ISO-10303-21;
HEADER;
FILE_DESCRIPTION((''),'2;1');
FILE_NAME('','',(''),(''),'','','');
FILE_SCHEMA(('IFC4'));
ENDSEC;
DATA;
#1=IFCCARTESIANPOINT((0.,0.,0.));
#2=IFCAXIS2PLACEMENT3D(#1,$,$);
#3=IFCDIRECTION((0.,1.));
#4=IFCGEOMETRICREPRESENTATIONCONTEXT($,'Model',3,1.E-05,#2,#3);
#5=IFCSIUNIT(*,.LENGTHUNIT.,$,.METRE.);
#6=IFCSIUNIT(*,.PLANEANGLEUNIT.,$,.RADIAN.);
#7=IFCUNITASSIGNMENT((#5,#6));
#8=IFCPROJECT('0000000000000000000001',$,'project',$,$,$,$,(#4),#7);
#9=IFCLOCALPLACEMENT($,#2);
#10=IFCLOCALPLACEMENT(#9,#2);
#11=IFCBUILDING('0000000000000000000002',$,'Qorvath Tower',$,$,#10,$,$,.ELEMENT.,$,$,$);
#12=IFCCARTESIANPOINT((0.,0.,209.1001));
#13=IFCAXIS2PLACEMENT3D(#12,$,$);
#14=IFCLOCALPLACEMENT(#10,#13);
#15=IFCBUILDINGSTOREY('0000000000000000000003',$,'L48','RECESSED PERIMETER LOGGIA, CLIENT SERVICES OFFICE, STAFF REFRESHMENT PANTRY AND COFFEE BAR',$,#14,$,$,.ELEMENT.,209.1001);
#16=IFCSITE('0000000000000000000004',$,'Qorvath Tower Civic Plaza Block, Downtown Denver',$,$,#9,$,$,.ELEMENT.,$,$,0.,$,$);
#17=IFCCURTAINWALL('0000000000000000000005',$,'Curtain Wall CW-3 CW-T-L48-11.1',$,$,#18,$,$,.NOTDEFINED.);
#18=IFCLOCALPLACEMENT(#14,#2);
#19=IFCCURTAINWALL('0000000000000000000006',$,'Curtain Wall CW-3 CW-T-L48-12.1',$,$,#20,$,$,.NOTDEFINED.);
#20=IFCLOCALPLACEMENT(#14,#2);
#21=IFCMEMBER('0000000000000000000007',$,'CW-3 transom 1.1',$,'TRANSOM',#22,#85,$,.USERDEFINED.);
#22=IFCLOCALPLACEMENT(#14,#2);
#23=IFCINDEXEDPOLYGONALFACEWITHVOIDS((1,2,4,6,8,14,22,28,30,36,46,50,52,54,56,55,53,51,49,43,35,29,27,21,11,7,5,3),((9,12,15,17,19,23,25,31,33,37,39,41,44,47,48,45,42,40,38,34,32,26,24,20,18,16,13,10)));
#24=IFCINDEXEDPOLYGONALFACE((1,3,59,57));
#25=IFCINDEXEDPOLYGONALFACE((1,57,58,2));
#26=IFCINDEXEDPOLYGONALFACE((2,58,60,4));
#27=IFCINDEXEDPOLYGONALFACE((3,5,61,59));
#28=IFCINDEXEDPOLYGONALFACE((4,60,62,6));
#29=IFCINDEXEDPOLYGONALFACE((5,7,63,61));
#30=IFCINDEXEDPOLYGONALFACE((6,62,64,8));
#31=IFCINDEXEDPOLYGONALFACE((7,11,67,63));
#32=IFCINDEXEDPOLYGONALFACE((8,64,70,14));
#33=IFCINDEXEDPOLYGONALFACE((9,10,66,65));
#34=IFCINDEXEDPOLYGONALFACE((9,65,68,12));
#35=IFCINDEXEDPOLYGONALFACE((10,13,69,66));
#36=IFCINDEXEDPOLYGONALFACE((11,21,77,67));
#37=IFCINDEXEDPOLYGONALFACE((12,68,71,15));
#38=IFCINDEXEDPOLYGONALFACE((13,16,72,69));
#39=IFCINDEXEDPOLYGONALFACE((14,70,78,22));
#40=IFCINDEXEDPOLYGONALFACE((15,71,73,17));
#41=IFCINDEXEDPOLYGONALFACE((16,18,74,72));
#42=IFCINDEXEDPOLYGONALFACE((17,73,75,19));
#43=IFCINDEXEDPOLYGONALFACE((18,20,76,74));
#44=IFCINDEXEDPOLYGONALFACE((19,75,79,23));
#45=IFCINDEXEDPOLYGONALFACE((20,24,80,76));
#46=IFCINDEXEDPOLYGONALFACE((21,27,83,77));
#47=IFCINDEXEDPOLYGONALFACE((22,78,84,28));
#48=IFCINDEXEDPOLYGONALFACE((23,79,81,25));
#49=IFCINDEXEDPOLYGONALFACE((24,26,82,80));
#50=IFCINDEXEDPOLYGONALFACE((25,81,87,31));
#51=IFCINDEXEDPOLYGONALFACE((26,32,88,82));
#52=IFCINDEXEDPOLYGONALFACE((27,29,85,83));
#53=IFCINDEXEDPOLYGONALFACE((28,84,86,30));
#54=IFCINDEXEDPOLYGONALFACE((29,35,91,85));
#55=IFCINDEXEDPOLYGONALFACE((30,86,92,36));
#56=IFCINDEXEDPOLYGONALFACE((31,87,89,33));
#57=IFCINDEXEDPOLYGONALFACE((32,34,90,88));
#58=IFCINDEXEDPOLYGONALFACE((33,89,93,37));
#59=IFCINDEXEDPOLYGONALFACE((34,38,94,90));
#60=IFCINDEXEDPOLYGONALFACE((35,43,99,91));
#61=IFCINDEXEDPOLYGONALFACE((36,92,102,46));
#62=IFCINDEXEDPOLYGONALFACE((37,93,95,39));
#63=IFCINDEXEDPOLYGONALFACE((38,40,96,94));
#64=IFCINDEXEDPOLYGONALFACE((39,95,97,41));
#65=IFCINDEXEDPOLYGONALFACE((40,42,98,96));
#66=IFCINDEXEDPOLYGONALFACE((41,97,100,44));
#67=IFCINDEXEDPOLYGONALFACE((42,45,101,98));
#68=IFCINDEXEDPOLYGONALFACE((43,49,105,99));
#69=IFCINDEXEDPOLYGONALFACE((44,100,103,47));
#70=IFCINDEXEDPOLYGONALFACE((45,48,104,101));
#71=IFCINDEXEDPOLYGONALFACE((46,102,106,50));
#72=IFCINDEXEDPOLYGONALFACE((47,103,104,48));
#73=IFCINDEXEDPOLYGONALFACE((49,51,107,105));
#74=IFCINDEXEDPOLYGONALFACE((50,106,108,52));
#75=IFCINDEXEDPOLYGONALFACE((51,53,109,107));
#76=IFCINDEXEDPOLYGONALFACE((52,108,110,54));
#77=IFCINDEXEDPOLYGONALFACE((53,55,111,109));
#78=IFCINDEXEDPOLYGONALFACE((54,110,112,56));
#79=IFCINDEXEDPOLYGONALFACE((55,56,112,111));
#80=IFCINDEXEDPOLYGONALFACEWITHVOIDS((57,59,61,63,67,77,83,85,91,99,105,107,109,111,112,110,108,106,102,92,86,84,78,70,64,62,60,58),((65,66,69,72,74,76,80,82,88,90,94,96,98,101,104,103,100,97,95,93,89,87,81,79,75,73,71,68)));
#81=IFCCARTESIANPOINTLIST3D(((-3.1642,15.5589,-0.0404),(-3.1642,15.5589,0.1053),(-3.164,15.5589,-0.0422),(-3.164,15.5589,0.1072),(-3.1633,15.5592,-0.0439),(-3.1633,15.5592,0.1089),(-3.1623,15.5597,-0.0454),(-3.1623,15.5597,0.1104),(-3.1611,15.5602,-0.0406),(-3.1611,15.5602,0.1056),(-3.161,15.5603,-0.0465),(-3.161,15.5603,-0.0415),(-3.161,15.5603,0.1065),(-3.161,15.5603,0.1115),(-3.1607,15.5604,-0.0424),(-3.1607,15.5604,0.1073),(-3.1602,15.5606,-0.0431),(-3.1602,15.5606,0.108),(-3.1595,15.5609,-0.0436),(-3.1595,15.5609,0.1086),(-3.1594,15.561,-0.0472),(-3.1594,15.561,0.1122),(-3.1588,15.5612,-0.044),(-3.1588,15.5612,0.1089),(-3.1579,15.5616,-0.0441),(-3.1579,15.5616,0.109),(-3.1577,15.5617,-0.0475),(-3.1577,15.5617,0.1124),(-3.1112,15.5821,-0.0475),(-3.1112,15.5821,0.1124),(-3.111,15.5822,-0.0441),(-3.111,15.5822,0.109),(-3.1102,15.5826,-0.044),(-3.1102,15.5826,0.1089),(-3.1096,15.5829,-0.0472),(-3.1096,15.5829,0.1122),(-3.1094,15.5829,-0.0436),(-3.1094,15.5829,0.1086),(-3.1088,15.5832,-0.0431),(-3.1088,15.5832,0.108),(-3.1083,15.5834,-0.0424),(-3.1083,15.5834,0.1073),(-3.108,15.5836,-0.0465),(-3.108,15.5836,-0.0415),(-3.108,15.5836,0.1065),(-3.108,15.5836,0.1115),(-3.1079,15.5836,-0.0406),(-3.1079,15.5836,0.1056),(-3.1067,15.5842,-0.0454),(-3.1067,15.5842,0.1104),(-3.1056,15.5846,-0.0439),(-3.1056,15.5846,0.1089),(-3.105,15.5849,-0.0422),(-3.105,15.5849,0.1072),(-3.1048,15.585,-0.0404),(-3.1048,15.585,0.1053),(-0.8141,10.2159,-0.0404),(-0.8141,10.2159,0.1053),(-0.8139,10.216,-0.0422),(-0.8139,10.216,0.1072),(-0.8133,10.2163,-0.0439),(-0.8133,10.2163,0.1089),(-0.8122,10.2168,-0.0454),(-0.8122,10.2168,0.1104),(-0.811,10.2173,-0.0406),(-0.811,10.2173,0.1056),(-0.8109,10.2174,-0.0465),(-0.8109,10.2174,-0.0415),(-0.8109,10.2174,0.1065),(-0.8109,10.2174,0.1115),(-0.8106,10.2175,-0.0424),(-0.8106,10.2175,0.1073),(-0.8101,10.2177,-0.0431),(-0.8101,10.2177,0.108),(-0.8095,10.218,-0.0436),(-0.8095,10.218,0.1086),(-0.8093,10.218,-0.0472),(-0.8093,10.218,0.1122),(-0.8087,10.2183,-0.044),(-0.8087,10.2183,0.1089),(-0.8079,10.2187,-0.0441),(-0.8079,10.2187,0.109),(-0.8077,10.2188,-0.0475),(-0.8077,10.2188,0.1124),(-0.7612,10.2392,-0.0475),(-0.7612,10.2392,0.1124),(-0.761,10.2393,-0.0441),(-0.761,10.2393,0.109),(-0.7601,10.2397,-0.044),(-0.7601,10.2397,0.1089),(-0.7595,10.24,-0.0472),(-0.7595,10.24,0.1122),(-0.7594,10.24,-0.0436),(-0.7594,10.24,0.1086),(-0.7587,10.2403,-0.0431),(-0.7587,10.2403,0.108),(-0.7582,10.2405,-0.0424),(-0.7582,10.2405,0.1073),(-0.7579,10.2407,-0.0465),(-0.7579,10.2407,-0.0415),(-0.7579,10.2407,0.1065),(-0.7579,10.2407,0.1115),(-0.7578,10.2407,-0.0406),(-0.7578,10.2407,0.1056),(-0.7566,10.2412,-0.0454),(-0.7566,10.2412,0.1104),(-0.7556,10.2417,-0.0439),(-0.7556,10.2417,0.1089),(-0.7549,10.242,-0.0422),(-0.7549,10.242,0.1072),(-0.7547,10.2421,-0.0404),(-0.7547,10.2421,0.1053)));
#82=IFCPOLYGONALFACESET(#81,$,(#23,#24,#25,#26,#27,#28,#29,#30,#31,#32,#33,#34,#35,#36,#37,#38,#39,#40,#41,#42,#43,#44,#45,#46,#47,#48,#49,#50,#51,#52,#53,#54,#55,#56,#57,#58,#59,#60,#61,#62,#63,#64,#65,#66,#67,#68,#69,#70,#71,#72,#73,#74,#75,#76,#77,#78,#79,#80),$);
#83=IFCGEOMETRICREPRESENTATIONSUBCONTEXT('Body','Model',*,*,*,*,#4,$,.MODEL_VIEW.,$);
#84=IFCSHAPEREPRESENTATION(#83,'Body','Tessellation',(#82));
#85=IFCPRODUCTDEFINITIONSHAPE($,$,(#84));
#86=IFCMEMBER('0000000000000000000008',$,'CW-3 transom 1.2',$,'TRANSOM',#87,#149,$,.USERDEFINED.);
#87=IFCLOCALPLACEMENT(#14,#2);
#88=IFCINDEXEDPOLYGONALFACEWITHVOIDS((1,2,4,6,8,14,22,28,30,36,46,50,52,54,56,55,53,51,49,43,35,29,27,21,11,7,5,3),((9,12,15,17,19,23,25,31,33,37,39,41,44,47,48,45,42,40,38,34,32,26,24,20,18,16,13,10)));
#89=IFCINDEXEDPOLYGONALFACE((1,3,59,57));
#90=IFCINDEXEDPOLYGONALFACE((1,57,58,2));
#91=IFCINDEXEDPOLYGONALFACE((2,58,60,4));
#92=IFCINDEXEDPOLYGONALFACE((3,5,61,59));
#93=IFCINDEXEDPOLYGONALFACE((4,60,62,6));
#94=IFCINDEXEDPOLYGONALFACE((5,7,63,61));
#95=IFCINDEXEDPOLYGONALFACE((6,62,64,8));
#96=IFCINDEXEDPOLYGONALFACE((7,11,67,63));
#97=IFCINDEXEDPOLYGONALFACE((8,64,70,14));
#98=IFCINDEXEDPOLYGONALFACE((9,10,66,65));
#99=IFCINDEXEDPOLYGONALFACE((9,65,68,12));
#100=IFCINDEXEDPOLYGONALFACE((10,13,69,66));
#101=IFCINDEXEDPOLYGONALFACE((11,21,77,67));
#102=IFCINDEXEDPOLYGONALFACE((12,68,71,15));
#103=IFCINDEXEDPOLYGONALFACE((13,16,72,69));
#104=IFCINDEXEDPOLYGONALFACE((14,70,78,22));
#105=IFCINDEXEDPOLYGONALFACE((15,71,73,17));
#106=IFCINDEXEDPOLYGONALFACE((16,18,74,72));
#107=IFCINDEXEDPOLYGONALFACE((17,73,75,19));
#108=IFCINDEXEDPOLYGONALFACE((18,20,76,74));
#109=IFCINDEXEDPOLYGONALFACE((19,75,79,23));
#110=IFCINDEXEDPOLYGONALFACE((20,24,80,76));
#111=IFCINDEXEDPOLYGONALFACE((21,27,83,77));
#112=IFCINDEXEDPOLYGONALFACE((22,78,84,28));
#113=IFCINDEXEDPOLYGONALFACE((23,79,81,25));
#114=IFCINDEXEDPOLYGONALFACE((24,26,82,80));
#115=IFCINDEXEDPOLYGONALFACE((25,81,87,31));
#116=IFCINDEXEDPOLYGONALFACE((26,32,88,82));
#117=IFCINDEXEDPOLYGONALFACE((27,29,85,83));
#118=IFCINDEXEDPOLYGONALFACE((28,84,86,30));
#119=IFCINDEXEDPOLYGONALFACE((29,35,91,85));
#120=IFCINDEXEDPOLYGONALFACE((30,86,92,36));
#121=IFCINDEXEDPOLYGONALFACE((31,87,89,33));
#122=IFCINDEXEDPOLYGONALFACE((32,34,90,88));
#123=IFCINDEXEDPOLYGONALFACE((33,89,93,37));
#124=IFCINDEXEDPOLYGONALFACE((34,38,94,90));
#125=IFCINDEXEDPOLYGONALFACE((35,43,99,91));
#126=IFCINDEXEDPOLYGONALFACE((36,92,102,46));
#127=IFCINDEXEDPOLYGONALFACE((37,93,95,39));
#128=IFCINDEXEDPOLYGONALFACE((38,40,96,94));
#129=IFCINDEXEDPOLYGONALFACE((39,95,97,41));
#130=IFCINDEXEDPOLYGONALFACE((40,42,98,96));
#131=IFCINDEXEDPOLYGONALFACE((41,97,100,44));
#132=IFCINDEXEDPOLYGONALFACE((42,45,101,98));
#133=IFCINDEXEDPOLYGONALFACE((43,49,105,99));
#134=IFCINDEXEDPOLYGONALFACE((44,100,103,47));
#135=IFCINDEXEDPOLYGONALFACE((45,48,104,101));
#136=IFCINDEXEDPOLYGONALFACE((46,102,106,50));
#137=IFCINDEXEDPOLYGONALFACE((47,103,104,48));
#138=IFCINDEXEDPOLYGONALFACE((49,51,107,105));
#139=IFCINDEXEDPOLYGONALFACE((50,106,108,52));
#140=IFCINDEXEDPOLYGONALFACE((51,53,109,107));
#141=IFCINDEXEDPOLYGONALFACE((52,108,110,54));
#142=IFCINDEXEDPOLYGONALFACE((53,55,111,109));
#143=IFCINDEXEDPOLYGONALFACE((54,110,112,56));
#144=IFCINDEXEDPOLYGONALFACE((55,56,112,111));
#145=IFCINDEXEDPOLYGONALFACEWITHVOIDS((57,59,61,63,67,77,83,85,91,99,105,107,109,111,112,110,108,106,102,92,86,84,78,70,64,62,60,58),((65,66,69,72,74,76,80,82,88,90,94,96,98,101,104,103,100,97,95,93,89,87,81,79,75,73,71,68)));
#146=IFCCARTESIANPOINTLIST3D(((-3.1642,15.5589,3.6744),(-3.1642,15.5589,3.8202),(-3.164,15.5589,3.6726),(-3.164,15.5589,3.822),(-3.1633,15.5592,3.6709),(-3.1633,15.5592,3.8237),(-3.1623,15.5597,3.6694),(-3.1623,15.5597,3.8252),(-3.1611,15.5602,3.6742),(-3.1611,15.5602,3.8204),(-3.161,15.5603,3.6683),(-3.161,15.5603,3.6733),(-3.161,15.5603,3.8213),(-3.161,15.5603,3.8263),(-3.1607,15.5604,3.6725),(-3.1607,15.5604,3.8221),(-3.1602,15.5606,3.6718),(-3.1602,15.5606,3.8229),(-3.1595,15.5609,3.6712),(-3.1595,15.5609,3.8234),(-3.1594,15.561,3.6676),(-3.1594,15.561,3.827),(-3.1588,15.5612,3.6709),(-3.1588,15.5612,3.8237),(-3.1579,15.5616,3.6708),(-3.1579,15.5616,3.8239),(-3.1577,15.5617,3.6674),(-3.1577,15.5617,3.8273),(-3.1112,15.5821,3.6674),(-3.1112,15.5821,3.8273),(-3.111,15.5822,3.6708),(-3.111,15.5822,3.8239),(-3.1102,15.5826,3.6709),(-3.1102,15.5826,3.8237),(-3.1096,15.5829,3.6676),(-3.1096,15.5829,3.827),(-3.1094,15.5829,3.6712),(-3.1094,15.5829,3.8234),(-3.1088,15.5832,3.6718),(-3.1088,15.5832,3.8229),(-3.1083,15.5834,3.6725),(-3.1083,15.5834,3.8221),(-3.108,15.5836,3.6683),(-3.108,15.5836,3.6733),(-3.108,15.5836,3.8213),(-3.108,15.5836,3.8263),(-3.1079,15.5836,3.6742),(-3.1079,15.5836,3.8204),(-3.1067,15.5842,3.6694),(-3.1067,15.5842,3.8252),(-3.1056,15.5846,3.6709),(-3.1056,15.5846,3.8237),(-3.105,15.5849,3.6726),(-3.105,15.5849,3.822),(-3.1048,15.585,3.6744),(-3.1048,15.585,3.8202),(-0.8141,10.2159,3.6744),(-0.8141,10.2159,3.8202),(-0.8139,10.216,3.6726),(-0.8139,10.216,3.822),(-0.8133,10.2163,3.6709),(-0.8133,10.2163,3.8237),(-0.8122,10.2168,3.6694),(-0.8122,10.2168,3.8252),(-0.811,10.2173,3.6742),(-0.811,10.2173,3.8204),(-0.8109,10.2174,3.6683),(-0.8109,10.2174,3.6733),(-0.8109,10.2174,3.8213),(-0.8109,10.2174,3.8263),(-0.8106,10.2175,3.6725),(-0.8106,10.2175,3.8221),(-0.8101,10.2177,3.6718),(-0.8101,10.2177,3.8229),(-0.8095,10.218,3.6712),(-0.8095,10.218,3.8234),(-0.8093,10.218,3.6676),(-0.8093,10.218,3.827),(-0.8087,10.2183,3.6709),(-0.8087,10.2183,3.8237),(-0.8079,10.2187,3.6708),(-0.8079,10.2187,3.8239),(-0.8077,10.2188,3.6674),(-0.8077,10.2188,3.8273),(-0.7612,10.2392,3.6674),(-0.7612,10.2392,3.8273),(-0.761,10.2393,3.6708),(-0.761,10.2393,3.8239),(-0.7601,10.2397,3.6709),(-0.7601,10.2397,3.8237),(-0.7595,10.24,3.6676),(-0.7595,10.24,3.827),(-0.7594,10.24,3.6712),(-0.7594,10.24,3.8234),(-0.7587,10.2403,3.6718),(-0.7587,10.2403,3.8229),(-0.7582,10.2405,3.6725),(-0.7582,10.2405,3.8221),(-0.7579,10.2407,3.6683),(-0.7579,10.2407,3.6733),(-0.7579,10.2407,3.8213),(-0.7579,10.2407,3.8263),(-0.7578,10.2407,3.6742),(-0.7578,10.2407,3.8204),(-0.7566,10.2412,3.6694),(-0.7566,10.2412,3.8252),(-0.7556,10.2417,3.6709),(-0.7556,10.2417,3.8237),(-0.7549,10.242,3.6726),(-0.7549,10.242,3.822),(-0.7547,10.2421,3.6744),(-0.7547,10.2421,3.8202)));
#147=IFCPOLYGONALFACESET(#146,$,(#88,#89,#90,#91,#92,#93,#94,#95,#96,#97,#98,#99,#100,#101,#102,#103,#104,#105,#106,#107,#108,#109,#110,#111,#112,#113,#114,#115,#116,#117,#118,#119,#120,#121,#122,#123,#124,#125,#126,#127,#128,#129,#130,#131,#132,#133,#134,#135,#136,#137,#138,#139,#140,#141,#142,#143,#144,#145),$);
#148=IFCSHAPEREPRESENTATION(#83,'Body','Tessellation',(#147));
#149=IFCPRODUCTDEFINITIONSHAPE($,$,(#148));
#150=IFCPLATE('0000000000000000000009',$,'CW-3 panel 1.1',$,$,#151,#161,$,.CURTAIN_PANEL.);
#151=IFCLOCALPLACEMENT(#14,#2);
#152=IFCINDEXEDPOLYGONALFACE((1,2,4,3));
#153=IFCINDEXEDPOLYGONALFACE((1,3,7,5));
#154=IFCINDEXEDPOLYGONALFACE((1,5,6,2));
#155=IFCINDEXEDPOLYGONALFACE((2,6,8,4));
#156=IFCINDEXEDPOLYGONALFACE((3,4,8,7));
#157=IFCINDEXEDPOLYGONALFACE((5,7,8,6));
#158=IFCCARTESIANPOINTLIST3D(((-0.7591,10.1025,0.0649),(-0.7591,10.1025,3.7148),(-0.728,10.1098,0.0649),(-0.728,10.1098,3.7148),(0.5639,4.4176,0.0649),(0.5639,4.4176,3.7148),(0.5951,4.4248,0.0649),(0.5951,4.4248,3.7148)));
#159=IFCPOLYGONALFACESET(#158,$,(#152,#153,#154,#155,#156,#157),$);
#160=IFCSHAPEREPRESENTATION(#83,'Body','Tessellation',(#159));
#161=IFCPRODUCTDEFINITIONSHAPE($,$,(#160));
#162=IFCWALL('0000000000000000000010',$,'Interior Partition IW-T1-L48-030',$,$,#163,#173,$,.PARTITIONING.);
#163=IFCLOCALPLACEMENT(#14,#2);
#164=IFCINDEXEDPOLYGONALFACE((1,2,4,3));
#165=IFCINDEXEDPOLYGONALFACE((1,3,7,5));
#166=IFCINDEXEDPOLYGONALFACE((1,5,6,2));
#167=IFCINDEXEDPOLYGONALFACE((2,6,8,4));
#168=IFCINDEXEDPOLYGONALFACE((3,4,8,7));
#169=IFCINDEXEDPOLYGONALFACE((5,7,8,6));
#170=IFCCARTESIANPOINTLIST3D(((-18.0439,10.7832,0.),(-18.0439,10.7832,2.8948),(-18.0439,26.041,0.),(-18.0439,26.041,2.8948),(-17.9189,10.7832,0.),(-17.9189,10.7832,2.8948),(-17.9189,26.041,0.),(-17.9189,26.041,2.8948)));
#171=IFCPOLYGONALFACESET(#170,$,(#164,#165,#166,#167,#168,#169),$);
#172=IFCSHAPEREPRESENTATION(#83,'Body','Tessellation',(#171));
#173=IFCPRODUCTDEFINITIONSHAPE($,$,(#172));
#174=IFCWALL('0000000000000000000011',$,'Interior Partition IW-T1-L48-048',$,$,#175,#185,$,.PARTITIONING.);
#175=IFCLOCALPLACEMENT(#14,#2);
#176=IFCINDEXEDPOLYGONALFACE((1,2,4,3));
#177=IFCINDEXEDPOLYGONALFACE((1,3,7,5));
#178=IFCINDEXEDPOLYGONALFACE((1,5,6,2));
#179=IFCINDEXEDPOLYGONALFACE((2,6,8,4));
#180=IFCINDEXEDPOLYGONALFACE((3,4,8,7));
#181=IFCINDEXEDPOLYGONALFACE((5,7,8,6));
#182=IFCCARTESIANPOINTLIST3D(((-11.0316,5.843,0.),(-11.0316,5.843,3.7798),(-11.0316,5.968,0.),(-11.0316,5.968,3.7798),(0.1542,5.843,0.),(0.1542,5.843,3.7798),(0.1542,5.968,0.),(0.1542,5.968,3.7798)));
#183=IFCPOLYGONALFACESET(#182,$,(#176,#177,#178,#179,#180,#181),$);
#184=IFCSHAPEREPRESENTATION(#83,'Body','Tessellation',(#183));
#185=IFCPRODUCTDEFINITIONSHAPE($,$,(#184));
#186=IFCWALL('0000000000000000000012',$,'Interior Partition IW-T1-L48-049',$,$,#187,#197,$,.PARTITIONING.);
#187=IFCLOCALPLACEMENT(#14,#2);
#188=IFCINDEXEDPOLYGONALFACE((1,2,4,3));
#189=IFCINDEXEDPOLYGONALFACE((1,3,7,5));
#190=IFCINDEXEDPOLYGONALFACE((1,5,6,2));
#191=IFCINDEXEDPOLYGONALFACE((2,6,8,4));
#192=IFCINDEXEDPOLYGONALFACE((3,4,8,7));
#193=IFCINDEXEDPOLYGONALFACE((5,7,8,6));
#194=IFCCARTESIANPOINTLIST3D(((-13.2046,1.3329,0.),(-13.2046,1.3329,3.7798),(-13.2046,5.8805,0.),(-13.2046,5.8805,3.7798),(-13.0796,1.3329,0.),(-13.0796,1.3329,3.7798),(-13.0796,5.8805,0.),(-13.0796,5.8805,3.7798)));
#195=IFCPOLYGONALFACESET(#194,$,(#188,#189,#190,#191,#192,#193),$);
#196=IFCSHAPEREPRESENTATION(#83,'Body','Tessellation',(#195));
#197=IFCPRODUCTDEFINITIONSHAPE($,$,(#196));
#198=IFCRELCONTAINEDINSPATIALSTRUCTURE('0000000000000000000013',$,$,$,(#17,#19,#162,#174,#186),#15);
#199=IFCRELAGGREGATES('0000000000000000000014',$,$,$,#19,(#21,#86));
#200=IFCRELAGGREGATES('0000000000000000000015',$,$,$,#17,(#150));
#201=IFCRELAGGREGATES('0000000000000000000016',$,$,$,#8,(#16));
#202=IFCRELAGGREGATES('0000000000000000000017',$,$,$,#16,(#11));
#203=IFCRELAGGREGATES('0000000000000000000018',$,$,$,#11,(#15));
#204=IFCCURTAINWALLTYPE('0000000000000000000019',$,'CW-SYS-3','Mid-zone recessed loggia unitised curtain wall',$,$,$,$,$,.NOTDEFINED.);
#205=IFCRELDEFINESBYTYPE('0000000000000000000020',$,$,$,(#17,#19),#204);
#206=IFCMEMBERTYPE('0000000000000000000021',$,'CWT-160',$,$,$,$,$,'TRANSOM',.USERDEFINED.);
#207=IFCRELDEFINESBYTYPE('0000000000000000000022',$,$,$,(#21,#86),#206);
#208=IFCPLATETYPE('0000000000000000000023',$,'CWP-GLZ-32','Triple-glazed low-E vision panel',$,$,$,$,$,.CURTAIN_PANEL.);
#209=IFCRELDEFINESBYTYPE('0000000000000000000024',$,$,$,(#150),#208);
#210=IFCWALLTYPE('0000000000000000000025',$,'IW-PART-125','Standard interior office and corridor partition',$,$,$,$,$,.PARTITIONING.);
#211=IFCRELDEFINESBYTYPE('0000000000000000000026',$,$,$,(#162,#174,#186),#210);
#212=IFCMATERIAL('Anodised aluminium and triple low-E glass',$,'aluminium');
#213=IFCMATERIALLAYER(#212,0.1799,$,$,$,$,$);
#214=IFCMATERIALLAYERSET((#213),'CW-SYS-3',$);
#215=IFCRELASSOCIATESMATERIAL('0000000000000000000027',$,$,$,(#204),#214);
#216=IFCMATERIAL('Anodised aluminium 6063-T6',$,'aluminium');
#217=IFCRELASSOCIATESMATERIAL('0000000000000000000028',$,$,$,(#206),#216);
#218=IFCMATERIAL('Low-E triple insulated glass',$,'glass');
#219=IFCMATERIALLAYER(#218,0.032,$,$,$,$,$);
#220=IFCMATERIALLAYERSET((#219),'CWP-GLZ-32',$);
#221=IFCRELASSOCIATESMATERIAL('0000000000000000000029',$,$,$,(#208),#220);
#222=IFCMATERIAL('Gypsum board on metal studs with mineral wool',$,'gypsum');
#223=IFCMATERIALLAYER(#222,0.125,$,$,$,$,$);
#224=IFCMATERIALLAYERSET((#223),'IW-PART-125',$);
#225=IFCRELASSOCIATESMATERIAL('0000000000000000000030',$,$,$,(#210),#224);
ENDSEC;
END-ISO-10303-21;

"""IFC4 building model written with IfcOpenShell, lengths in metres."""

from ifc_helpers import new_model, si_unit, direction, frame, frame_2d, origin, origin_2d, place, context, subcontext, project, spatial, rectangle, hollow_rectangle, extrude, material, layer, layer_set, material_profile, profile_set, type_object, element, aggregate, save


model = new_model("IFC4")

# Units and contexts
model_context = context("Model", 3, precision=1e-05, world=origin(), true_north=direction((0.0, 1.0)))
body_context = subcontext(model_context, "Body", "Model", "MODEL_VIEW")
ifc_project = project(units=[si_unit("LENGTHUNIT", "METRE"), si_unit("PLANEANGLEUNIT", "RADIAN")], contexts=[model_context])

# Site, building, storey
site_placement = place(None, origin())
site = spatial("IfcSite", under=ifc_project, at=site_placement, Name="Qorvath Tower Civic Plaza Block, Downtown Denver", CompositionType="ELEMENT", RefElevation=0.0)
building_placement = place(site_placement, origin())
building = spatial("IfcBuilding", under=site, at=building_placement, Name="Qorvath Tower", CompositionType="ELEMENT")
storey_placement = place(building_placement, frame((0.0, 0.0, 209.1001)))
storey = spatial("IfcBuildingStorey", under=building, at=storey_placement, Name="L48", Description="RECESSED PERIMETER LOGGIA, CLIENT SERVICES OFFICE, STAFF REFRESHMENT PANTRY AND COFFEE BAR", CompositionType="ELEMENT", Elevation=209.1001)

# Shared definitions
ifc_material_1 = material(Name="Anodised aluminium and triple low-E glass", Category="aluminium")
ifc_layer_1 = layer(ifc_material_1, 0.1799)
ifc_layer_set_1 = layer_set([ifc_layer_1], Name="CW-SYS-3")
curtain_wall_type = type_object("IfcCurtainWallType", Name="CW-SYS-3", Description="Mid-zone recessed loggia unitised curtain wall", PredefinedType="NOTDEFINED", material=ifc_layer_set_1)

# Curtain wall
curtain_wall_1_placement = place(storey_placement, origin())
curtain_wall_1 = element("IfcCurtainWall", 1, at=curtain_wall_1_placement, inside=storey, type_object=curtain_wall_type, Name="Curtain Wall CW-3 CW-T-L48-11.1", PredefinedType="NOTDEFINED")

# Curtain wall
curtain_wall_2_placement = place(storey_placement, origin())
curtain_wall_2 = element("IfcCurtainWall", 2, at=curtain_wall_2_placement, inside=storey, type_object=curtain_wall_type, Name="Curtain Wall CW-3 CW-T-L48-12.1", PredefinedType="NOTDEFINED")

# Members
ifc_material_2 = material(Name="Anodised aluminium 6063-T6", Category="aluminium")
ifc_material_profile_1 = material_profile(ifc_material_2, hollow_rectangle(XDim=0.0649, YDim=0.1599, WallThickness=0.0034, InnerFilletRadius=0.0034, OuterFilletRadius=0.0071, at=origin_2d()), Name="CWT 160x65")
ifc_profile_set_1 = profile_set([ifc_material_profile_1], Name="Anodised aluminium 6063-T6")
member_type_1 = type_object("IfcMemberType", Name="CWT-160", ElementType="TRANSOM", PredefinedType="USERDEFINED", material=ifc_profile_set_1)
member_1_placement = place(storey_placement, frame((-0.7844, 10.229, 0.0325), z_axis=(-0.402619, 0.915367, 0.0), x_axis=(-0.915367, -0.402619, 0.0)))
member_1 = element("IfcMember", 3, at=member_1_placement, type_object=member_type_1, Name="CW-3 transom 1.1", ObjectType="TRANSOM", PredefinedType="USERDEFINED", context=body_context, shape_type="SweptSolid", body=[
    extrude(hollow_rectangle(XDim=0.0649, YDim=0.1599, WallThickness=0.0034, InnerFilletRadius=0.0034, OuterFilletRadius=0.0071, at=origin_2d()), origin(), (0.0, 0.0, 1.0), 5.8369),
])
member_2_placement = place(storey_placement, frame((-0.7844, 10.229, 3.7473), z_axis=(-0.402619, 0.915367, 0.0), x_axis=(-0.915367, -0.402619, 0.0)))
member_2 = element("IfcMember", 4, at=member_2_placement, type_object=member_type_1, Name="CW-3 transom 1.2", ObjectType="TRANSOM", PredefinedType="USERDEFINED", context=body_context, shape_type="SweptSolid", body=[
    extrude(hollow_rectangle(XDim=0.0649, YDim=0.1599, WallThickness=0.0034, InnerFilletRadius=0.0034, OuterFilletRadius=0.0071, at=origin_2d()), origin(), (0.0, 0.0, 1.0), 5.8369),
])
aggregate(curtain_wall_2, [member_1, member_2])

# Plate
ifc_material_3 = material(Name="Low-E triple insulated glass", Category="glass")
ifc_layer_2 = layer(ifc_material_3, 0.032)
ifc_layer_set_2 = layer_set([ifc_layer_2], Name="CWP-GLZ-32")
plate_type = type_object("IfcPlateType", Name="CWP-GLZ-32", Description="Triple-glazed low-E vision panel", PredefinedType="CURTAIN_PANEL", material=ifc_layer_set_2)
plate_placement = place(storey_placement, frame((-0.082, 7.2637, 0.0649), z_axis=(0.0, 0.0, 1.0), x_axis=(-0.226671, 0.973971, 0.0)))
plate = element("IfcPlate", 5, at=plate_placement, type_object=plate_type, Name="CW-3 panel 1.1", PredefinedType="CURTAIN_PANEL", context=body_context, shape_type="SweptSolid", body=[
    extrude(rectangle(XDim=5.8369, YDim=0.032, at=origin_2d()), origin(), (0.0, 0.0, 1.0), 3.6499),
])
aggregate(curtain_wall_1, [plate])

# Walls
ifc_material_4 = material(Name="Gypsum board on metal studs with mineral wool", Category="gypsum")
ifc_layer_3 = layer(ifc_material_4, 0.125)
ifc_layer_set_3 = layer_set([ifc_layer_3], Name="IW-PART-125")
wall_type_1 = type_object("IfcWallType", Name="IW-PART-125", Description="Standard interior office and corridor partition", PredefinedType="PARTITIONING", material=ifc_layer_set_3)
wall_1_placement = place(storey_placement, frame((-17.9814, 10.7832, 0.0), z_axis=(0.0, 0.0, 1.0), x_axis=(0.0, 1.0, 0.0)))
element("IfcWall", 6, at=wall_1_placement, inside=storey, type_object=wall_type_1, Name="Interior Partition IW-T1-L48-030", PredefinedType="PARTITIONING", context=body_context, shape_type="SweptSolid", body=[
    extrude(rectangle(XDim=15.2578, YDim=0.125, at=frame_2d((7.6289, 0.0))), origin(), (0.0, 0.0, 1.0), 2.8948),
])
wall_2_placement = place(storey_placement, frame((0.1541, 5.9055, 0.0), z_axis=(0.0, 0.0, 1.0), x_axis=(-1.0, 0.0, 0.0)))
element("IfcWall", 7, at=wall_2_placement, inside=storey, type_object=wall_type_1, Name="Interior Partition IW-T1-L48-048", PredefinedType="PARTITIONING", context=body_context, shape_type="SweptSolid", body=[
    extrude(rectangle(XDim=11.1858, YDim=0.125, at=frame_2d((5.5928, 0.0))), origin(), (0.0, 0.0, 1.0), 3.7798),
])
wall_3_placement = place(storey_placement, frame((-13.1421, 5.8806, 0.0), z_axis=(0.0, 0.0, 1.0), x_axis=(0.0, -1.0, 0.0)))
element("IfcWall", 8, at=wall_3_placement, inside=storey, type_object=wall_type_1, Name="Interior Partition IW-T1-L48-049", PredefinedType="PARTITIONING", context=body_context, shape_type="SweptSolid", body=[
    extrude(rectangle(XDim=4.5476, YDim=0.125, at=frame_2d((2.2739, 0.0))), origin(), (0.0, 0.0, 1.0), 3.7798),
])

save(model, "model.ifc")
